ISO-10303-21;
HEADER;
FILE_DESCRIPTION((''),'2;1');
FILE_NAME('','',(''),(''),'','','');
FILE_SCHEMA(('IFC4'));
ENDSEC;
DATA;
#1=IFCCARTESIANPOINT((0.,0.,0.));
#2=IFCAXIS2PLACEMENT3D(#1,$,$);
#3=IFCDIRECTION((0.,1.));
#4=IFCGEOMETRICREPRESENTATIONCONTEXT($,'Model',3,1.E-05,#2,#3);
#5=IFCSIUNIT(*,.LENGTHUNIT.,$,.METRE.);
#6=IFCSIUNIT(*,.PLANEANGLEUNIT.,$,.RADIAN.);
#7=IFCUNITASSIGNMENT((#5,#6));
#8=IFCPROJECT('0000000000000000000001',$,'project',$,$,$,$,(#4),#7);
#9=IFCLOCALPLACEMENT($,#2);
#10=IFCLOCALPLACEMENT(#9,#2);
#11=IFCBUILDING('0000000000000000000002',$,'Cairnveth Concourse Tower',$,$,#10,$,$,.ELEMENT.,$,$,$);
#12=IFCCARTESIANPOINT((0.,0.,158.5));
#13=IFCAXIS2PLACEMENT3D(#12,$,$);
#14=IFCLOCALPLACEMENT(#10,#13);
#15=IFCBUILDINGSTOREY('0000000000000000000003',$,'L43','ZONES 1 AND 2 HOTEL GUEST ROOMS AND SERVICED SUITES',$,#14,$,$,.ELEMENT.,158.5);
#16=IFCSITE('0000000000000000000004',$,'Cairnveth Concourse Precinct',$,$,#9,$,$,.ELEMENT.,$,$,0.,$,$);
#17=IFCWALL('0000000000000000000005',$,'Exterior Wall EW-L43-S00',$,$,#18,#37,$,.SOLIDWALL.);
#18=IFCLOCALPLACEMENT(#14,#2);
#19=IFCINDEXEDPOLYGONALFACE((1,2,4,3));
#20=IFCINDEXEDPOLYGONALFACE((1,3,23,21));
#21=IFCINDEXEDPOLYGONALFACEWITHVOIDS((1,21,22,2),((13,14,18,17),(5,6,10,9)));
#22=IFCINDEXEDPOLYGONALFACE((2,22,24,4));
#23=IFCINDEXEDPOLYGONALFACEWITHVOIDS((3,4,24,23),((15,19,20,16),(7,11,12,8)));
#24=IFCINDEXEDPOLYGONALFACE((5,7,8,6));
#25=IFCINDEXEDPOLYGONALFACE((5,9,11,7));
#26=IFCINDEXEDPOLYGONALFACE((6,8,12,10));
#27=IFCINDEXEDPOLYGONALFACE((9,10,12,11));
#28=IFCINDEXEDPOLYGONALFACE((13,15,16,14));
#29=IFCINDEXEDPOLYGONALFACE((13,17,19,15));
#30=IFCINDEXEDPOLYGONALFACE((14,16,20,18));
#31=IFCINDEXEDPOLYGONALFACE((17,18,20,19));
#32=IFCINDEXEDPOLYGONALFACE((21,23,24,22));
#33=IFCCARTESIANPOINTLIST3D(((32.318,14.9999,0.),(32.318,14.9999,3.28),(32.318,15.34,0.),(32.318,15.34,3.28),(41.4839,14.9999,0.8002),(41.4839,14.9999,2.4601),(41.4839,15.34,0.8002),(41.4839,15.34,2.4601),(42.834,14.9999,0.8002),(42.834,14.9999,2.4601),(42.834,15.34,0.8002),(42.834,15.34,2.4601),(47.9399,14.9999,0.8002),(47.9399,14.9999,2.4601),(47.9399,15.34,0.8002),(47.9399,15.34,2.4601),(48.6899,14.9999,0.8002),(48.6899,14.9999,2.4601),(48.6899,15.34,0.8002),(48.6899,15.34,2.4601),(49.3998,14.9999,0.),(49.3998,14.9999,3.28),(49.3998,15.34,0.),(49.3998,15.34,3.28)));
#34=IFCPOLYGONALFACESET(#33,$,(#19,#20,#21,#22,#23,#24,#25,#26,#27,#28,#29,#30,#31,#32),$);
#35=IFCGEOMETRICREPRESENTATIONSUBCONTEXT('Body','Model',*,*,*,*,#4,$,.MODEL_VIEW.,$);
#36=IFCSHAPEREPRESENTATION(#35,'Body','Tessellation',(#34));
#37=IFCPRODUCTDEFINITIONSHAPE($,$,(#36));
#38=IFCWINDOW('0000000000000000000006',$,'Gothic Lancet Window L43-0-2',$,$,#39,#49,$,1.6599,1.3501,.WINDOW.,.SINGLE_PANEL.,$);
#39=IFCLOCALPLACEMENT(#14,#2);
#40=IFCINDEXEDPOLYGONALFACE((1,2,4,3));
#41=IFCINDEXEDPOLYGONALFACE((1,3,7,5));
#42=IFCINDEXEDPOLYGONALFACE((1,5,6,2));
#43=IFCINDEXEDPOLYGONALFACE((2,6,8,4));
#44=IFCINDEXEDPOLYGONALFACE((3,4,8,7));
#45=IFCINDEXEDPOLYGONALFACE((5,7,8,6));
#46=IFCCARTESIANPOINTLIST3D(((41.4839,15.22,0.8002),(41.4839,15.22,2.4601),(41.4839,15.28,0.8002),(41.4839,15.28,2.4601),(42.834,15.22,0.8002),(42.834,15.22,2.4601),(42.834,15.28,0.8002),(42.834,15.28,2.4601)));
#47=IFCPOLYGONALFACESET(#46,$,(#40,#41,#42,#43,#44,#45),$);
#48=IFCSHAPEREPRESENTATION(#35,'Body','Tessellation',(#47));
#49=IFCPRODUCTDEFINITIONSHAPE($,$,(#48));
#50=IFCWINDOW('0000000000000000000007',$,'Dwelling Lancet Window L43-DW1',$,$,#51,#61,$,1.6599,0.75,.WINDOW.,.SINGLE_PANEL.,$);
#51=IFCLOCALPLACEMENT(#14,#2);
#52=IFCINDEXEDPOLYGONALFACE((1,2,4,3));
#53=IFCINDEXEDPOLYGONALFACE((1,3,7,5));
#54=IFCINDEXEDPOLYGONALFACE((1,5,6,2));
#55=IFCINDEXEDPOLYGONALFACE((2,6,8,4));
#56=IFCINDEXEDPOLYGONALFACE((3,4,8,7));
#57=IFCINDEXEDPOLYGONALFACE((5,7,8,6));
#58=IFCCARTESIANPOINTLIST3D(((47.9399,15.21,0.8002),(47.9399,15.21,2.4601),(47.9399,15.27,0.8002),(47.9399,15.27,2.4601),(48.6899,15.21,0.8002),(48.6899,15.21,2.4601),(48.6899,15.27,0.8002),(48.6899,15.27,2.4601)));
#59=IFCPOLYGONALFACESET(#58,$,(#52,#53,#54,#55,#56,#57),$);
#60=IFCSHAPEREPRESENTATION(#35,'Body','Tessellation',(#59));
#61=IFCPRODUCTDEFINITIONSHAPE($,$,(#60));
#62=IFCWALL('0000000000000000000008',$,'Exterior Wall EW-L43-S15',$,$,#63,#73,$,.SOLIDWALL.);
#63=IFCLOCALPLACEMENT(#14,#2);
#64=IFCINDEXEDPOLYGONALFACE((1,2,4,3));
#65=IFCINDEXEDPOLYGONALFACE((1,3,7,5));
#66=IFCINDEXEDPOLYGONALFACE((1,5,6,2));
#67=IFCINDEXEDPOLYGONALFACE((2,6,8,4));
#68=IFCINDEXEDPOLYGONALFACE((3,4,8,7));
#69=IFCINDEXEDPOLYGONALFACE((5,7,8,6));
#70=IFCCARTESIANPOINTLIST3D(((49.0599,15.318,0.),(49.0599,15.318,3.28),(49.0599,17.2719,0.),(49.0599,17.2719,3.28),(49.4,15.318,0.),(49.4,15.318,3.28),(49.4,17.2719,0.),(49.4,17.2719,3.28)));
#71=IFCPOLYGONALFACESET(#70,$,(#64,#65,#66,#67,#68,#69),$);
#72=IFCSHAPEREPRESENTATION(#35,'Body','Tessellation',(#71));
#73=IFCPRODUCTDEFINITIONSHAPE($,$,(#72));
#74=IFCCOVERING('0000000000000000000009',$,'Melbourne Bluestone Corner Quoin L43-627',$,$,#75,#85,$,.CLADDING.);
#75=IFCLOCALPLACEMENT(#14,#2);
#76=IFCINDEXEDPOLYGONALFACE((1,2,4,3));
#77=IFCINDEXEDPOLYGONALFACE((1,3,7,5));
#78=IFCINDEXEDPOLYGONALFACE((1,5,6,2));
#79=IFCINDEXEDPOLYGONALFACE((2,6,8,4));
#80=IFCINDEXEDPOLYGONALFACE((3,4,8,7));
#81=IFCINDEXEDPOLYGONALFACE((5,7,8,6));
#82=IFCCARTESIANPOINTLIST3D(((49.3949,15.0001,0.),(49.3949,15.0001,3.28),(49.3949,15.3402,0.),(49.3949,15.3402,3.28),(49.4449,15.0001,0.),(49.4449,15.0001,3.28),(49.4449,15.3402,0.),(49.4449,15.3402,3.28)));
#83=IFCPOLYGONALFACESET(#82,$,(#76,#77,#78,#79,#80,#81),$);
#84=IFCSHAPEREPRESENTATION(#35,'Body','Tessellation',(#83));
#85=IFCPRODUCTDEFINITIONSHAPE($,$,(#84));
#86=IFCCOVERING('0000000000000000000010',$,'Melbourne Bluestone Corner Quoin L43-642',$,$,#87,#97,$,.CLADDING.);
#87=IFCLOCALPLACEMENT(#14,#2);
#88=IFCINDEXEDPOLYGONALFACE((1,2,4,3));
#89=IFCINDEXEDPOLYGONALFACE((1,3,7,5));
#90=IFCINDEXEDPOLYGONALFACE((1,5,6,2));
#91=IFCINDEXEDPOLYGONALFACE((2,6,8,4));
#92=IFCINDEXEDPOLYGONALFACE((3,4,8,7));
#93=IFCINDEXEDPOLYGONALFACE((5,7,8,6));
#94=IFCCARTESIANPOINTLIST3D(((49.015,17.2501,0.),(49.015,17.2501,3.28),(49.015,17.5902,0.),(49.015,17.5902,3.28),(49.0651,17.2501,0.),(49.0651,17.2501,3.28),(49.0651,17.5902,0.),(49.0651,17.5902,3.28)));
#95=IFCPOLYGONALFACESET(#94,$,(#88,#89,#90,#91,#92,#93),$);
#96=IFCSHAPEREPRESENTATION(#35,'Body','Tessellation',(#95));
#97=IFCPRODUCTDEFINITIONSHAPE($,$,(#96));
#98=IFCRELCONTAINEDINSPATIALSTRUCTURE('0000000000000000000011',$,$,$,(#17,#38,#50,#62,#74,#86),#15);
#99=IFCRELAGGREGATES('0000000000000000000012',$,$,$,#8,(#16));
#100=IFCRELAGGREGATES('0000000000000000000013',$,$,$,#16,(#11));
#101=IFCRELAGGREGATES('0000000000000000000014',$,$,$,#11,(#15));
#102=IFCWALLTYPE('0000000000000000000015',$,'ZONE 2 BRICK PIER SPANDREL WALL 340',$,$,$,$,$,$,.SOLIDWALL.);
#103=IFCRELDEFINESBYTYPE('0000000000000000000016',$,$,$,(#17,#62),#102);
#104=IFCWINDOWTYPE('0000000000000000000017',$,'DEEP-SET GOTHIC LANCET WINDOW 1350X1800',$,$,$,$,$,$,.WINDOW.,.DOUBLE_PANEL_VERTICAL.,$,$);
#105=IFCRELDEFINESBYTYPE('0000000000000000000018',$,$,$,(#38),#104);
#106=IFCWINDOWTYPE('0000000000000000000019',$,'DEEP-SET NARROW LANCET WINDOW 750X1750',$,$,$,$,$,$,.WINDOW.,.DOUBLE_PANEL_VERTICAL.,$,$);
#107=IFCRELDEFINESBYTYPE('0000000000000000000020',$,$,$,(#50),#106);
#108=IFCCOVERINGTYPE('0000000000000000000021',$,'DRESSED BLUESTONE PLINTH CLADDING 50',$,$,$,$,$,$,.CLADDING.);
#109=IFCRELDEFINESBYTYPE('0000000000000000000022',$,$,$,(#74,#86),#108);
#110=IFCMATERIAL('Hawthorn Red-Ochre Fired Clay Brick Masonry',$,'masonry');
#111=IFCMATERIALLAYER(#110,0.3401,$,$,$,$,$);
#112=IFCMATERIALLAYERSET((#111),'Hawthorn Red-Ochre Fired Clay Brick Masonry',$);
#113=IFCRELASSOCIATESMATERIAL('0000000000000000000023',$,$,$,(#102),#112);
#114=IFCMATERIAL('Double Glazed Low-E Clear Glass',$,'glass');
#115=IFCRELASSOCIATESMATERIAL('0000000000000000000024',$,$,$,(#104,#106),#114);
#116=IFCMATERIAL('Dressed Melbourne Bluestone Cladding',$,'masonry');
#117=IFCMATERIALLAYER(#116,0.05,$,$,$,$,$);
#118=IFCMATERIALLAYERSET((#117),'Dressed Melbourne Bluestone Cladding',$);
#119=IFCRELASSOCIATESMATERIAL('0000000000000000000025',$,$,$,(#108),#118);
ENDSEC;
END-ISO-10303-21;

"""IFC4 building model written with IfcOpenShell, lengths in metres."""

from ifc_helpers import new_model, si_unit, direction, frame, frame_2d, origin, place, context, subcontext, project, spatial, rectangle, extrude, material, layer, layer_set, type_object, element, fill, save


model = new_model("IFC4")

# Units and contexts
model_context = context("Model", 3, precision=1e-05, world=origin(), true_north=direction((0.0, 1.0)))
body_context = subcontext(model_context, "Body", "Model", "MODEL_VIEW")
ifc_project = project(units=[si_unit("LENGTHUNIT", "METRE"), si_unit("PLANEANGLEUNIT", "RADIAN")], contexts=[model_context])

# Site, building, storey
site_placement = place(None, origin())
site = spatial("IfcSite", under=ifc_project, at=site_placement, Name="Cairnveth Concourse Precinct", CompositionType="ELEMENT", RefElevation=0.0)
building_placement = place(site_placement, origin())
building = spatial("IfcBuilding", under=site, at=building_placement, Name="Cairnveth Concourse Tower", CompositionType="ELEMENT")
storey_placement = place(building_placement, frame((0.0, 0.0, 158.5)))
storey = spatial("IfcBuildingStorey", under=building, at=storey_placement, Name="L43", Description="ZONES 1 AND 2 HOTEL GUEST ROOMS AND SERVICED SUITES", CompositionType="ELEMENT", Elevation=158.5)

# Shared definitions
ifc_material_1 = material(Name="Dressed Melbourne Bluestone Cladding", Category="masonry")

# Wall, openings, windows
ifc_material_2 = material(Name="Hawthorn Red-Ochre Fired Clay Brick Masonry", Category="masonry")
ifc_layer_1 = layer(ifc_material_2, 0.3401)
ifc_layer_set_1 = layer_set([ifc_layer_1], Name="Hawthorn Red-Ochre Fired Clay Brick Masonry")
wall_type_1 = type_object("IfcWallType", Name="ZONE 2 BRICK PIER SPANDREL WALL 340", PredefinedType="SOLIDWALL", material=ifc_layer_set_1)
wall_1_placement = place(storey_placement, frame((49.3999, 15.1699, 0.0), z_axis=(0.0, 0.0, 1.0), x_axis=(-1.0, 0.0, 0.0)))
wall_1 = element("IfcWall", 1, at=wall_1_placement, inside=storey, type_object=wall_type_1, Name="Exterior Wall EW-L43-S00", PredefinedType="SOLIDWALL", context=body_context, shape_type="SweptSolid", body=[
    extrude(rectangle(XDim=17.0818, YDim=0.3401, at=frame_2d((8.541, 0.0))), origin(), (0.0, 0.0, 1.0), 3.28),
])
opening_1_placement = place(wall_1_placement, frame((6.5659, 0.0, 0.8)))
opening_1 = element("IfcOpeningElement", 2, at=opening_1_placement, cuts=wall_1, PredefinedType="OPENING", context=body_context, shape_type="SweptSolid", body=[
    extrude(rectangle(XDim=1.3501, YDim=1.6599, at=frame_2d((0.675, 0.8301))), frame((0.0, 0.1799, 0.0), z_axis=(0.0, -1.0, 0.0), x_axis=(1.0, 0.0, 0.0)), (0.0, 0.0, 1.0), 0.3601),
])
opening_2_placement = place(wall_1_placement, frame((0.71, 0.0, 0.8)))
opening_2 = element("IfcOpeningElement", 3, at=opening_2_placement, cuts=wall_1, PredefinedType="OPENING", context=body_context, shape_type="SweptSolid", body=[
    extrude(rectangle(XDim=0.75, YDim=1.6599, at=frame_2d((0.375, 0.8301))), frame((0.0, 0.1799, 0.0), z_axis=(0.0, -1.0, 0.0), x_axis=(1.0, 0.0, 0.0)), (0.0, 0.0, 1.0), 0.3601),
])
ifc_material_3 = material(Name="Double Glazed Low-E Clear Glass", Category="glass")
window_type_1 = type_object("IfcWindowType", Name="DEEP-SET GOTHIC LANCET WINDOW 1350X1800", PartitioningType="DOUBLE_PANEL_VERTICAL", PredefinedType="WINDOW", material=ifc_material_3)
window_1_placement = place(opening_1_placement, origin())
window_1 = element("IfcWindow", 4, at=window_1_placement, inside=storey, type_object=window_type_1, Name="Gothic Lancet Window L43-0-2", OverallHeight=1.6599, OverallWidth=1.3501, PartitioningType="SINGLE_PANEL", PredefinedType="WINDOW", context=body_context, shape_type="SweptSolid", body=[
    extrude(rectangle(XDim=1.3501, YDim=1.6599, at=frame_2d((0.675, 0.8301))), frame((0.0, -0.05, 0.0), z_axis=(0.0, -1.0, 0.0), x_axis=(1.0, 0.0, 0.0)), (0.0, 0.0, 1.0), 0.0601),
])
fill(opening_1, window_1)
window_type_2 = type_object("IfcWindowType", Name="DEEP-SET NARROW LANCET WINDOW 750X1750", PartitioningType="DOUBLE_PANEL_VERTICAL", PredefinedType="WINDOW", material=ifc_material_3)
window_2_placement = place(opening_2_placement, origin())
window_2 = element("IfcWindow", 5, at=window_2_placement, inside=storey, type_object=window_type_2, Name="Dwelling Lancet Window L43-DW1", OverallHeight=1.6599, OverallWidth=0.75, PartitioningType="SINGLE_PANEL", PredefinedType="WINDOW", context=body_context, shape_type="SweptSolid", body=[
    extrude(rectangle(XDim=0.75, YDim=1.6599, at=frame_2d((0.375, 0.8301))), frame((0.0, -0.04, 0.0), z_axis=(0.0, -1.0, 0.0), x_axis=(1.0, 0.0, 0.0)), (0.0, 0.0, 1.0), 0.0601),
])
fill(opening_2, window_2)

# Wall
wall_2_placement = place(storey_placement, frame((49.23, 17.272, 0.0), z_axis=(0.0, 0.0, 1.0), x_axis=(0.0, -1.0, 0.0)))
element("IfcWall", 6, at=wall_2_placement, inside=storey, type_object=wall_type_1, Name="Exterior Wall EW-L43-S15", PredefinedType="SOLIDWALL", context=body_context, shape_type="SweptSolid", body=[
    extrude(rectangle(XDim=1.9539, YDim=0.3401, at=frame_2d((0.9771, 0.0))), origin(), (0.0, 0.0, 1.0), 3.28),
])

# Coverings
ifc_layer_2 = layer(ifc_material_1, 0.05)
ifc_layer_set_2 = layer_set([ifc_layer_2], Name="Dressed Melbourne Bluestone Cladding")
covering_type = type_object("IfcCoveringType", Name="DRESSED BLUESTONE PLINTH CLADDING 50", PredefinedType="CLADDING", material=ifc_layer_set_2)
for number, where, z_axis, x_axis, name in (
    (7, (49.4199, 15.3401, 0.0), (0.0, 0.0, 1.0), (0.0, -1.0, 0.0), "Melbourne Bluestone Corner Quoin L43-627"),
    (8, (49.04, 17.5901, 0.0), (0.0, 0.0, 1.0), (0.0, -1.0, 0.0), "Melbourne Bluestone Corner Quoin L43-642"),
):
    element("IfcCovering", number, at=place(storey_placement, frame(where, z_axis=z_axis, x_axis=x_axis)), inside=storey, type_object=covering_type, Name=name, PredefinedType="CLADDING", context=body_context, shape_type="SweptSolid", body=[
        extrude(rectangle(XDim=0.3401, YDim=0.05, at=frame_2d((0.1699, 0.0))), origin(), (0.0, 0.0, 1.0), 3.28),
    ])

save(model, "model.ifc")
